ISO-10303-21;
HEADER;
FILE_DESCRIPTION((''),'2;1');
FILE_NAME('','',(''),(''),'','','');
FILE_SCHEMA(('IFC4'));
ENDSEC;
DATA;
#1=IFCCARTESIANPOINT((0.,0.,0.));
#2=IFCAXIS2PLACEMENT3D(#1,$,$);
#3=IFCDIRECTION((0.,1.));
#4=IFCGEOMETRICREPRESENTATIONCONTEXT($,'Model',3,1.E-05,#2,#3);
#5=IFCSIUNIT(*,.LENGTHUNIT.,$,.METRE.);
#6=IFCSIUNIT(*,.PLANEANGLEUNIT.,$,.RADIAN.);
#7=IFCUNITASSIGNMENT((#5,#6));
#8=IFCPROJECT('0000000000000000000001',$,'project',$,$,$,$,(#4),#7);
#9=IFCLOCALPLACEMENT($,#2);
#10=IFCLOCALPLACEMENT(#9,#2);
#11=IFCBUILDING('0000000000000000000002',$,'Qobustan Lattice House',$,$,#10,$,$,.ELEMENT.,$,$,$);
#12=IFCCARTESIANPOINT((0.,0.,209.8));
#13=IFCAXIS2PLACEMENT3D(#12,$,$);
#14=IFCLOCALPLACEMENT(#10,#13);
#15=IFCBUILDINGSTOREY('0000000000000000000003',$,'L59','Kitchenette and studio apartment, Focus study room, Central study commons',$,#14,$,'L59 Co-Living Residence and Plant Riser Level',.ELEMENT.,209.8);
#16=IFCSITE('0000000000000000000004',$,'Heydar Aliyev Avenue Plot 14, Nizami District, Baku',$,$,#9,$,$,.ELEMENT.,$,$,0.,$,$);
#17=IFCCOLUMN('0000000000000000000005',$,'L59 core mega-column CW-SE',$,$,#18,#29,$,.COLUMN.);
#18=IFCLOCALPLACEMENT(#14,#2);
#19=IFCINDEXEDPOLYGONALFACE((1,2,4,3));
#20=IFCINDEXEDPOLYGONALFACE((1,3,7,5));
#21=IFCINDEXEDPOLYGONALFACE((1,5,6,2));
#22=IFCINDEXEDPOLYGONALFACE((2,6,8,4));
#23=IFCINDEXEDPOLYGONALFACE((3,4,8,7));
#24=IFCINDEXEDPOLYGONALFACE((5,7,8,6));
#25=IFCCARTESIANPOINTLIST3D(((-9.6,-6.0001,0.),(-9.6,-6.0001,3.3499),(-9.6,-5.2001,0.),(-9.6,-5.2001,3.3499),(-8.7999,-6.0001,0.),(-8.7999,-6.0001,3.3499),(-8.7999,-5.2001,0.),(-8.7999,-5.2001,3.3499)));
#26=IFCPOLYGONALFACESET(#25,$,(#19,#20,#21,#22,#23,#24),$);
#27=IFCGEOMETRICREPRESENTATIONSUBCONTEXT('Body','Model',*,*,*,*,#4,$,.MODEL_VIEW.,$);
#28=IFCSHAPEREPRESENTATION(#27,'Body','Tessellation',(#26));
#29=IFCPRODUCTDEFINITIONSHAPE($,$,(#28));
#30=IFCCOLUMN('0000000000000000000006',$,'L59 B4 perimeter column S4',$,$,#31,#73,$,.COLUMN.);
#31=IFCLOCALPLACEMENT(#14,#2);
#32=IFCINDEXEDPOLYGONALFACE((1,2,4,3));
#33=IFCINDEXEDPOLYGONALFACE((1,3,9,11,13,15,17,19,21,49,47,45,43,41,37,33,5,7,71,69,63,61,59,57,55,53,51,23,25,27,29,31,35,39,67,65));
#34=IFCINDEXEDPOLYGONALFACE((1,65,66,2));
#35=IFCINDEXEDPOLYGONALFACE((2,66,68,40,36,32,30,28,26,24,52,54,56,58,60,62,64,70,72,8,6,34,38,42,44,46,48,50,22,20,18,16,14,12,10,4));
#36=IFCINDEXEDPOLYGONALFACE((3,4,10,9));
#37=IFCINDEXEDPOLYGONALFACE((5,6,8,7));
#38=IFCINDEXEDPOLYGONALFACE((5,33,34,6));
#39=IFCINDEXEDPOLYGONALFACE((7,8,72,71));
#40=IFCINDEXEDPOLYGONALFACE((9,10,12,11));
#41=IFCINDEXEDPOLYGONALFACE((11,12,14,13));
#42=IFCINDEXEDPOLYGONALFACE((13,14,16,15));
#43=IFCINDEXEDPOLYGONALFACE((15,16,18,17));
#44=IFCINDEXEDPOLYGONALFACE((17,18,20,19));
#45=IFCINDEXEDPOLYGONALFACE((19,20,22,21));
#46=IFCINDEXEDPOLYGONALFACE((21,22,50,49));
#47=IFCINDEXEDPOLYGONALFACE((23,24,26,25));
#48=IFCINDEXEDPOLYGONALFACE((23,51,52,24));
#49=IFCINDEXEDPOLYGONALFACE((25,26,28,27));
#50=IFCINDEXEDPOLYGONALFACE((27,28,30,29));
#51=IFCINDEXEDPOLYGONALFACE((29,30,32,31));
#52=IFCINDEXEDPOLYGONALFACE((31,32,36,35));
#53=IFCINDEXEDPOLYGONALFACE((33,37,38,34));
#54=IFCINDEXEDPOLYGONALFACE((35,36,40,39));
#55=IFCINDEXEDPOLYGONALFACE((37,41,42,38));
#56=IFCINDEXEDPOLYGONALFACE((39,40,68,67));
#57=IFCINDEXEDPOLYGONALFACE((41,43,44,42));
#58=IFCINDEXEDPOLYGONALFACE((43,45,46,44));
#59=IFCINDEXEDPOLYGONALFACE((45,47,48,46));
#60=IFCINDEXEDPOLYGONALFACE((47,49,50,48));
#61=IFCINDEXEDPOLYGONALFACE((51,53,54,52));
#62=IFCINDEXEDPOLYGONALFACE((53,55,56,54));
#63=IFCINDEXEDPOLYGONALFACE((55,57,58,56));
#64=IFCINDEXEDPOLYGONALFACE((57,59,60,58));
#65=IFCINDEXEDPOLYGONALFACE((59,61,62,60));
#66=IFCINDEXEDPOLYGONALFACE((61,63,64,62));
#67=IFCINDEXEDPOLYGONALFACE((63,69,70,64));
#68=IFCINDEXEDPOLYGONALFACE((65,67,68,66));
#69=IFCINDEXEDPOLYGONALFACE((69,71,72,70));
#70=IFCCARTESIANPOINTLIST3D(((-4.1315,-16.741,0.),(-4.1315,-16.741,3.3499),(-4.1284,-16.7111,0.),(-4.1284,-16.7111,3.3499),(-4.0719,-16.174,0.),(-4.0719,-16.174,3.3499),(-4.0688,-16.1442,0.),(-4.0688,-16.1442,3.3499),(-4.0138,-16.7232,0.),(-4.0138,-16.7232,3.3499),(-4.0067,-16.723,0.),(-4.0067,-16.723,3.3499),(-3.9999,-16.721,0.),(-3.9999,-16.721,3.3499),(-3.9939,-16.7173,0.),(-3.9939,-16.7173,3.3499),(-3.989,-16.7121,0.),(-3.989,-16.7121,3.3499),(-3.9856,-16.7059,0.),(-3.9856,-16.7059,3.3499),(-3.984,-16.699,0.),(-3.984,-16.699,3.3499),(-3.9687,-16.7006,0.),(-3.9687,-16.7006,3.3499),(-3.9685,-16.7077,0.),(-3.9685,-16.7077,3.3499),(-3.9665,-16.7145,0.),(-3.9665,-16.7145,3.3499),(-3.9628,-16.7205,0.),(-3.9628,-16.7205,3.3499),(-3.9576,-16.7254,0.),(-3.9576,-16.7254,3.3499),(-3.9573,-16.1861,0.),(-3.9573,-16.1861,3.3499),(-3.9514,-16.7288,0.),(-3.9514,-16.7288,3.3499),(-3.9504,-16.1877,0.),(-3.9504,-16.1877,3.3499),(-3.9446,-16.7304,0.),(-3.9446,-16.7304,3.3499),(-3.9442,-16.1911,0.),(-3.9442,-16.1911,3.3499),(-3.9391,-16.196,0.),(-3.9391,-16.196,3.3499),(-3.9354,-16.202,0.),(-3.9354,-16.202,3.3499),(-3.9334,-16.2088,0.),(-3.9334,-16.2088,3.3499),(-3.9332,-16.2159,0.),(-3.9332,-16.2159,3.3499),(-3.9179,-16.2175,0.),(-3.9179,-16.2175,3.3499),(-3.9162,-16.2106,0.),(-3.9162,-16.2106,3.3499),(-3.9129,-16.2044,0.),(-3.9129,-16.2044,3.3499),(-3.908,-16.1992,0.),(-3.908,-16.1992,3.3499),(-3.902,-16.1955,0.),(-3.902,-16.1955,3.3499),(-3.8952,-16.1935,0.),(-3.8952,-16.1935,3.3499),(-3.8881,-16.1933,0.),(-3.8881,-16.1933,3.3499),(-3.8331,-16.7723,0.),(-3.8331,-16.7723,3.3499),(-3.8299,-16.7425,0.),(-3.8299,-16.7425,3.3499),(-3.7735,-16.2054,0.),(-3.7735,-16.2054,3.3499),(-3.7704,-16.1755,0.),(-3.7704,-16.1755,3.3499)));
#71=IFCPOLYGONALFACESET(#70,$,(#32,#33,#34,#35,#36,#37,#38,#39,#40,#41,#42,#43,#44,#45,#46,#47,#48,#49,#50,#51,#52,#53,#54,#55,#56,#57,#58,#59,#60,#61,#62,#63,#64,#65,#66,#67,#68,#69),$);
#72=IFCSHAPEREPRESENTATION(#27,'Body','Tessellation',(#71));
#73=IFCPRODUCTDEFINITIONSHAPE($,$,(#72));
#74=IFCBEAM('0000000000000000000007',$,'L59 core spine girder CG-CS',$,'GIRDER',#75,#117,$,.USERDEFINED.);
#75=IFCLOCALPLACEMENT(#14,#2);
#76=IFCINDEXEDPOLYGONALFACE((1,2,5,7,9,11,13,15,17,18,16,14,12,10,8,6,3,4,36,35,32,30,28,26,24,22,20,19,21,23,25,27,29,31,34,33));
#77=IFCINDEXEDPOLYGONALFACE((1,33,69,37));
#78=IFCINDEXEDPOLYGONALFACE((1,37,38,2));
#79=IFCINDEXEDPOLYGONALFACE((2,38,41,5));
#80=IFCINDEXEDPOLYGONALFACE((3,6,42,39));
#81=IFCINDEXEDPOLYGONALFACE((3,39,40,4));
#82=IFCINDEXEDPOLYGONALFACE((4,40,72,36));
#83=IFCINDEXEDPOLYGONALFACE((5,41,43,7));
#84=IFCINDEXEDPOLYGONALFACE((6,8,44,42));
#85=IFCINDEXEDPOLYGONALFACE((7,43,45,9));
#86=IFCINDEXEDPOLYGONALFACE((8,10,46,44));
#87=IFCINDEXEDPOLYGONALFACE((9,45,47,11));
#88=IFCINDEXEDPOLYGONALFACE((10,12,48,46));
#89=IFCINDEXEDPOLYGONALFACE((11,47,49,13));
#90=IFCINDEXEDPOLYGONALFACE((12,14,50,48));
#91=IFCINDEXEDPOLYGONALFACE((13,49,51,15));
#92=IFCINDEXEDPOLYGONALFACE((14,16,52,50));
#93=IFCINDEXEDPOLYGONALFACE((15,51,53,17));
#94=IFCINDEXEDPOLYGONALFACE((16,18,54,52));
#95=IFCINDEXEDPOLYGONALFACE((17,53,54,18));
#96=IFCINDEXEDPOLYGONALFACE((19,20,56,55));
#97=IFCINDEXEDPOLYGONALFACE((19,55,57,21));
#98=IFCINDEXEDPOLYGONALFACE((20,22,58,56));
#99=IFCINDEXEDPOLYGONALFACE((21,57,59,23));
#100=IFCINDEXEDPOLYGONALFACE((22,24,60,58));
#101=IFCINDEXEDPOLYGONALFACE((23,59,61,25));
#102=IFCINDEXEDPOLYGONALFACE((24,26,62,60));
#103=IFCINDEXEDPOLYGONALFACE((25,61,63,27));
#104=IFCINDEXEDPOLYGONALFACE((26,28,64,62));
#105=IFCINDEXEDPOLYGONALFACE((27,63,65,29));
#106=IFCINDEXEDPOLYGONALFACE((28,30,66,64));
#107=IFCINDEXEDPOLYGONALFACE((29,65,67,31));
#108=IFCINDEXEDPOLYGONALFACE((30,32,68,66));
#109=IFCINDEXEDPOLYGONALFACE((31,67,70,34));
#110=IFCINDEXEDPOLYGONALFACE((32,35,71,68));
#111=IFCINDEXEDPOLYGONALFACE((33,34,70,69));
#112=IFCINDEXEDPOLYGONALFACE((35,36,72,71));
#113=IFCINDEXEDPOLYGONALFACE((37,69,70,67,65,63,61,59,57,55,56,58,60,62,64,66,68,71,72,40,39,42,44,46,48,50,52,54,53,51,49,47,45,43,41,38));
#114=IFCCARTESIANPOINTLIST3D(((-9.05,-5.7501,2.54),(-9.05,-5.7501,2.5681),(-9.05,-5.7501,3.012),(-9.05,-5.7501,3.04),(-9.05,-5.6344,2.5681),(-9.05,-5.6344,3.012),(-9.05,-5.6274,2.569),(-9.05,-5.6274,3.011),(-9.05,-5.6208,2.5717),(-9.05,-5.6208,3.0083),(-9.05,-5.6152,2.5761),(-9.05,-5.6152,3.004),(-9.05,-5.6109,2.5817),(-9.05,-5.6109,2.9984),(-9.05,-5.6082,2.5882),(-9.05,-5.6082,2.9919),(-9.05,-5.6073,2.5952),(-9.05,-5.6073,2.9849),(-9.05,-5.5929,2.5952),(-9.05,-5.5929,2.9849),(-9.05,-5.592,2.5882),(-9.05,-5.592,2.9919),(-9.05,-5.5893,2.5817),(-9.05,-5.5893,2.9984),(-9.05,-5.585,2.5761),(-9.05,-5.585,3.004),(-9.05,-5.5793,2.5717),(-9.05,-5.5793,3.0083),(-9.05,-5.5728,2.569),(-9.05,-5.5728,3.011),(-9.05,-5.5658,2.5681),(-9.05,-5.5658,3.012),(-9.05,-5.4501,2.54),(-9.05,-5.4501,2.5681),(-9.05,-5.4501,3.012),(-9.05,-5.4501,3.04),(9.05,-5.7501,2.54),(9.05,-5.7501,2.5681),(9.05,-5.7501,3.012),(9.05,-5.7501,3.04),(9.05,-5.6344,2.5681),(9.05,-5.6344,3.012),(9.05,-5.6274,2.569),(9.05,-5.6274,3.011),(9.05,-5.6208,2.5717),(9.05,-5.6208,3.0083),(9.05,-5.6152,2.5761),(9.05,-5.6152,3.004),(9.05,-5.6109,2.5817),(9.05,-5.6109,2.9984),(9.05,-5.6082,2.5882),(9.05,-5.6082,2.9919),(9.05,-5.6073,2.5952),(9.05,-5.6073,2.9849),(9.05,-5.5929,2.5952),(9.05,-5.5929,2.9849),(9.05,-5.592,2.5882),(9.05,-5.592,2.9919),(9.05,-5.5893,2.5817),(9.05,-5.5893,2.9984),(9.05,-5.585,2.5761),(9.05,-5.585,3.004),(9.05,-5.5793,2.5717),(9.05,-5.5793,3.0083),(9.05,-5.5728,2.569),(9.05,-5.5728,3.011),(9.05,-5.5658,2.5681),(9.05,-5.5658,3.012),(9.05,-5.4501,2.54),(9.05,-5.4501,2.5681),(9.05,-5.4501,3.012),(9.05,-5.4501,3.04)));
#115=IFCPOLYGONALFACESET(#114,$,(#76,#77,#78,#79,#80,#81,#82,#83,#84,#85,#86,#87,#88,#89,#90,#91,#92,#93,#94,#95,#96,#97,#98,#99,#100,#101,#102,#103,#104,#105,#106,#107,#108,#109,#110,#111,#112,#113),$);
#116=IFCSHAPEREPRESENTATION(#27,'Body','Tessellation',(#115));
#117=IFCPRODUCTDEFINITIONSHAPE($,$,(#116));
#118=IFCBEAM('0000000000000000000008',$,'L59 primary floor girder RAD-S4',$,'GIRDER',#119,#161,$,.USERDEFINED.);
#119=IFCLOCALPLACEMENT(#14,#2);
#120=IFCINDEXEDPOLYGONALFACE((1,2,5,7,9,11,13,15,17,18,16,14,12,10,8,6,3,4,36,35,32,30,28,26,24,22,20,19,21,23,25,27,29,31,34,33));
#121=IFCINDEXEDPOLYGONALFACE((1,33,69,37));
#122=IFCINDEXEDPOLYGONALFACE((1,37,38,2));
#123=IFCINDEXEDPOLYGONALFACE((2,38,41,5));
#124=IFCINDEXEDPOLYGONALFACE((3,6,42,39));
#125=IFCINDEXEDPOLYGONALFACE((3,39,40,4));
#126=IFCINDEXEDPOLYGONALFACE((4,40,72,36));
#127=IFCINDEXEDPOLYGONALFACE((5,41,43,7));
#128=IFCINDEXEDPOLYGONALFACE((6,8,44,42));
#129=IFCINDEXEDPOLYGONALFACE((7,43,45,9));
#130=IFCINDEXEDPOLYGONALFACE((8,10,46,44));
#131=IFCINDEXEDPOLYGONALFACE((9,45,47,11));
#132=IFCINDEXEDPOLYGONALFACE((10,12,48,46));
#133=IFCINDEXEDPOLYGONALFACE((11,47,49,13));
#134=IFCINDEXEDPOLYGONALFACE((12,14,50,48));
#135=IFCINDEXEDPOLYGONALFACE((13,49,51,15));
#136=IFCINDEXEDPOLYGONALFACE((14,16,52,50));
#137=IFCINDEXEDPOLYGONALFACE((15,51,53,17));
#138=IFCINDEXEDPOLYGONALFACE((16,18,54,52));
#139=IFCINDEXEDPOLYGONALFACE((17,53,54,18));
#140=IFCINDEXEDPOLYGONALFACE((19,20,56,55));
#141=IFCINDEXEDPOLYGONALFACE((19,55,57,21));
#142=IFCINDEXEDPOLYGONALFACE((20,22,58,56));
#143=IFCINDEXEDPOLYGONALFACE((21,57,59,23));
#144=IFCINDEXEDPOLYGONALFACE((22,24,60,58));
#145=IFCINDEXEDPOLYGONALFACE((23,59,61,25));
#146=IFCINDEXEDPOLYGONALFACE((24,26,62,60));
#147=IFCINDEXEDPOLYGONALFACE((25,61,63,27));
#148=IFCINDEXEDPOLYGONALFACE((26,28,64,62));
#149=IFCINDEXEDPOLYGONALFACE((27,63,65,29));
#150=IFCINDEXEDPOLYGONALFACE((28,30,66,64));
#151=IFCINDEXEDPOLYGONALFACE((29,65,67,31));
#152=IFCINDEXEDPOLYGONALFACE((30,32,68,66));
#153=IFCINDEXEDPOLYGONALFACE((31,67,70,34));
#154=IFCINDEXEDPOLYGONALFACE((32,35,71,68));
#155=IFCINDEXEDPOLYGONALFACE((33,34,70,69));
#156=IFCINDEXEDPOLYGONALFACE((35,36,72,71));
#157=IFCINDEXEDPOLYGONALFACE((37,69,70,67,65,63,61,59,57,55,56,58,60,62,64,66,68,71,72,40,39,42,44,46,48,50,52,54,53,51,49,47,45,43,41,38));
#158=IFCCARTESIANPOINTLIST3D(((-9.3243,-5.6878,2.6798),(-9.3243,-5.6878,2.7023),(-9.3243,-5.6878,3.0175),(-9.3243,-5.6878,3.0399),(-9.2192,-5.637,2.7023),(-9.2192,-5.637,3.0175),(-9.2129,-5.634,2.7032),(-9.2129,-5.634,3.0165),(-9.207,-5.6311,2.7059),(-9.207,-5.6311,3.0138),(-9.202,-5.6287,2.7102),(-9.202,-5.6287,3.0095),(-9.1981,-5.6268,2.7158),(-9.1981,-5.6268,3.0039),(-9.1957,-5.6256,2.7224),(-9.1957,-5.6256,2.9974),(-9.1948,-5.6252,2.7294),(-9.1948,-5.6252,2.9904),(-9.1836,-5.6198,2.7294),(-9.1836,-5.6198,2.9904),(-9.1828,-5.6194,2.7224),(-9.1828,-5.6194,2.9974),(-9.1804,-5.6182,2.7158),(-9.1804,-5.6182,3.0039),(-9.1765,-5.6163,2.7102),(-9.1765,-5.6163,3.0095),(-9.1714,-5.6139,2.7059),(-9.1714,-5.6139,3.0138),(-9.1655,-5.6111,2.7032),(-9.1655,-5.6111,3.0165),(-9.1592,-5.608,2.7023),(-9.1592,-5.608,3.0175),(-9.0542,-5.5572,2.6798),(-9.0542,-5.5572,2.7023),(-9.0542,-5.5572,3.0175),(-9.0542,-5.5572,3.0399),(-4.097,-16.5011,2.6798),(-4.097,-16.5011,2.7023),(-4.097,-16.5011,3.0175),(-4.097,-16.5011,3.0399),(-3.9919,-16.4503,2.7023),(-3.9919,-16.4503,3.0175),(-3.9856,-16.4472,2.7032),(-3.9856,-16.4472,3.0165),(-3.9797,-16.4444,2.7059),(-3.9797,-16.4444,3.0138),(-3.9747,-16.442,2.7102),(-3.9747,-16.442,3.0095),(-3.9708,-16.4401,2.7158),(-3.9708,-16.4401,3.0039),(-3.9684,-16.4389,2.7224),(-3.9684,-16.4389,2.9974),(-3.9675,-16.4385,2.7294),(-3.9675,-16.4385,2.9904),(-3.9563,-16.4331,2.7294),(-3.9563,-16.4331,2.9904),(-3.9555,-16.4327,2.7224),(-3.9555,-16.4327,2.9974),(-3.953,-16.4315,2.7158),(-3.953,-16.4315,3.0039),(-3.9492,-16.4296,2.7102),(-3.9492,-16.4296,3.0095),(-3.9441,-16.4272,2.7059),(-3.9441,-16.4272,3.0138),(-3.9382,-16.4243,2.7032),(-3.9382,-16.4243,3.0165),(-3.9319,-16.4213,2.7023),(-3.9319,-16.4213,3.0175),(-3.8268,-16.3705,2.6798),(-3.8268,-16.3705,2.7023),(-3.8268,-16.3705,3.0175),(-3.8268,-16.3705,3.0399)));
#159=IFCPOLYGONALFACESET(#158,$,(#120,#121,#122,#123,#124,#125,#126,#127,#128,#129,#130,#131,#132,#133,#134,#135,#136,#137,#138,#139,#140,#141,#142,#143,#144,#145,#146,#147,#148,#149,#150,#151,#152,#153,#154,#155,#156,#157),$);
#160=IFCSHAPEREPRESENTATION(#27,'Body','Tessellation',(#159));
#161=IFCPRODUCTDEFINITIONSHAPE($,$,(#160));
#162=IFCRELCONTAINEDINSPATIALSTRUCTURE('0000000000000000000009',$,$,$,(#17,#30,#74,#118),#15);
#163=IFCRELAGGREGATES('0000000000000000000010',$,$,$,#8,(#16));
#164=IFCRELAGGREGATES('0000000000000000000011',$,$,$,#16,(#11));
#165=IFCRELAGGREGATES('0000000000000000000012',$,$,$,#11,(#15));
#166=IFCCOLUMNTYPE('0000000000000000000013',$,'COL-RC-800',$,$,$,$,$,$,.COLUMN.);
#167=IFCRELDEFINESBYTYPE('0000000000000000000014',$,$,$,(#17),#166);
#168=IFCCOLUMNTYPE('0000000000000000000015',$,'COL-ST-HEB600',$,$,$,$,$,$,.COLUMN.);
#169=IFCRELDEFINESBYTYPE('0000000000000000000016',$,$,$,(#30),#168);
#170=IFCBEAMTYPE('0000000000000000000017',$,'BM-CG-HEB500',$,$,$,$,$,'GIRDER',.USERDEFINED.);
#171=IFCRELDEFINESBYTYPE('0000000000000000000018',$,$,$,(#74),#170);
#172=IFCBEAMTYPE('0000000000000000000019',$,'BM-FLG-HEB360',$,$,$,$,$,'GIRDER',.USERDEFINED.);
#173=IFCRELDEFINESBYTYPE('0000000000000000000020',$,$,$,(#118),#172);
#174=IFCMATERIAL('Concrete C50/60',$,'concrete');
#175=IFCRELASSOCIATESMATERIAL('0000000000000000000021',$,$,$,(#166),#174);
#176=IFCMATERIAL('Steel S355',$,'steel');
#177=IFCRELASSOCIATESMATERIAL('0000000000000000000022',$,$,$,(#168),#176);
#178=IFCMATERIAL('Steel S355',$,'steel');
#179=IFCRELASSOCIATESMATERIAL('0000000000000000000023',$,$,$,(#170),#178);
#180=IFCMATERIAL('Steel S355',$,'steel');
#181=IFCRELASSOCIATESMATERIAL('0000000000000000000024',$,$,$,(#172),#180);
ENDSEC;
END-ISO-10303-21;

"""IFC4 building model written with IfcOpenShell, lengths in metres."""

from ifc_helpers import new_model, si_unit, direction, frame, origin, origin_2d, place, context, subcontext, project, spatial, rectangle, i_section, extrude, material, material_profile, profile_set, type_object, element, save


model = new_model("IFC4")

# Units and contexts
model_context = context("Model", 3, precision=1e-05, world=origin(), true_north=direction((0.0, 1.0)))
body_context = subcontext(model_context, "Body", "Model", "MODEL_VIEW")
ifc_project = project(units=[si_unit("LENGTHUNIT", "METRE"), si_unit("PLANEANGLEUNIT", "RADIAN")], contexts=[model_context])

# Site, building, storey
site_placement = place(None, origin())
site = spatial("IfcSite", under=ifc_project, at=site_placement, Name="Heydar Aliyev Avenue Plot 14, Nizami District, Baku", CompositionType="ELEMENT", RefElevation=0.0)
building_placement = place(site_placement, origin())
building = spatial("IfcBuilding", under=site, at=building_placement, Name="Qobustan Lattice House", CompositionType="ELEMENT")
storey_placement = place(building_placement, frame((0.0, 0.0, 209.8)))
storey = spatial("IfcBuildingStorey", under=building, at=storey_placement, Name="L59", Description="Kitchenette and studio apartment, Focus study room, Central study commons", LongName="L59 Co-Living Residence and Plant Riser Level", CompositionType="ELEMENT", Elevation=209.8)

# Columns
ifc_material_1 = material(Name="Concrete C50/60", Category="concrete")
ifc_material_profile_1 = material_profile(ifc_material_1, rectangle(XDim=0.8, YDim=0.8, at=origin_2d()), Name="RC800x800")
ifc_profile_set_1 = profile_set([ifc_material_profile_1], Name="Concrete C50/60")
column_type_1 = type_object("IfcColumnType", Name="COL-RC-800", PredefinedType="COLUMN", material=ifc_profile_set_1)
column_1_placement = place(storey_placement, frame((-9.2, -5.6001, 0.0), z_axis=(0.0, 0.0, 1.0), x_axis=(1.0, 0.0, 0.0)))
element("IfcColumn", 1, at=column_1_placement, inside=storey, type_object=column_type_1, Name="L59 core mega-column CW-SE", PredefinedType="COLUMN", context=body_context, shape_type="SweptSolid", body=[
    extrude(rectangle(XDim=0.8, YDim=0.8, at=origin_2d()), origin(), (0.0, 0.0, 1.0), 3.3499),
])
ifc_material_2 = material(Name="Steel S355", Category="steel")
ifc_material_profile_2 = material_profile(ifc_material_2, i_section(OverallWidth=0.3, OverallDepth=0.6001, WebThickness=0.0154, FlangeThickness=0.03, FilletRadius=0.0271, at=origin_2d()), Name="HEB600")
ifc_profile_set_2 = profile_set([ifc_material_profile_2], Name="Steel S355")
column_type_2 = type_object("IfcColumnType", Name="COL-ST-HEB600", PredefinedType="COLUMN", material=ifc_profile_set_2)
column_2_placement = place(storey_placement, frame((-3.9509, -16.4583, 0.0), z_axis=(0.0, 0.0, 1.0), x_axis=(0.994522, -0.104528, 0.0)))
element("IfcColumn", 2, at=column_2_placement, inside=storey, type_object=column_type_2, Name="L59 B4 perimeter column S4", PredefinedType="COLUMN", context=body_context, shape_type="SweptSolid", body=[
    extrude(i_section(OverallWidth=0.3, OverallDepth=0.6001, WebThickness=0.0154, FlangeThickness=0.03, FilletRadius=0.0271, at=origin_2d()), origin(), (0.0, 0.0, 1.0), 3.3499),
])

# Beams
ifc_material_3 = material(Name="Steel S355", Category="steel")
ifc_material_profile_3 = material_profile(ifc_material_3, i_section(OverallWidth=0.3, OverallDepth=0.5, WebThickness=0.0144, FlangeThickness=0.0281, FilletRadius=0.0271, at=origin_2d()), Name="HEB500")
ifc_profile_set_3 = profile_set([ifc_material_profile_3], Name="Steel S355")
beam_type_1 = type_object("IfcBeamType", Name="BM-CG-HEB500", ElementType="GIRDER", PredefinedType="USERDEFINED", material=ifc_profile_set_3)
beam_1_placement = place(storey_placement, frame((-9.05, -5.6001, 2.79), z_axis=(1.0, 0.0, 0.0), x_axis=(0.0, 1.0, 0.0)))
element("IfcBeam", 3, at=beam_1_placement, inside=storey, type_object=beam_type_1, Name="L59 core spine girder CG-CS", ObjectType="GIRDER", PredefinedType="USERDEFINED", context=body_context, shape_type="SweptSolid", body=[
    extrude(i_section(OverallWidth=0.3, OverallDepth=0.5, WebThickness=0.0144, FlangeThickness=0.0281, FilletRadius=0.0271, at=origin_2d()), origin(), (0.0, 0.0, 1.0), 18.1001),
])
ifc_material_4 = material(Name="Steel S355", Category="steel")
ifc_material_profile_4 = material_profile(ifc_material_4, i_section(OverallWidth=0.3, OverallDepth=0.3601, WebThickness=0.0125, FlangeThickness=0.0225, FilletRadius=0.0271, at=origin_2d()), Name="HEB360")
ifc_profile_set_4 = profile_set([ifc_material_profile_4], Name="Steel S355")
beam_type_2 = type_object("IfcBeamType", Name="BM-FLG-HEB360", ElementType="GIRDER", PredefinedType="USERDEFINED", material=ifc_profile_set_4)
beam_2_placement = place(storey_placement, frame((-3.9619, -16.4358, 2.8599), z_axis=(-0.435229, 0.90032, 0.0), x_axis=(-0.90032, -0.435229, 0.0)))
element("IfcBeam", 4, at=beam_2_placement, inside=storey, type_object=beam_type_2, Name="L59 primary floor girder RAD-S4", ObjectType="GIRDER", PredefinedType="USERDEFINED", context=body_context, shape_type="SweptSolid", body=[
    extrude(i_section(OverallWidth=0.3, OverallDepth=0.3601, WebThickness=0.0125, FlangeThickness=0.0225, FilletRadius=0.0271, at=origin_2d()), origin(), (0.0, 0.0, 1.0), 12.0105),
])

save(model, "model.ifc")
